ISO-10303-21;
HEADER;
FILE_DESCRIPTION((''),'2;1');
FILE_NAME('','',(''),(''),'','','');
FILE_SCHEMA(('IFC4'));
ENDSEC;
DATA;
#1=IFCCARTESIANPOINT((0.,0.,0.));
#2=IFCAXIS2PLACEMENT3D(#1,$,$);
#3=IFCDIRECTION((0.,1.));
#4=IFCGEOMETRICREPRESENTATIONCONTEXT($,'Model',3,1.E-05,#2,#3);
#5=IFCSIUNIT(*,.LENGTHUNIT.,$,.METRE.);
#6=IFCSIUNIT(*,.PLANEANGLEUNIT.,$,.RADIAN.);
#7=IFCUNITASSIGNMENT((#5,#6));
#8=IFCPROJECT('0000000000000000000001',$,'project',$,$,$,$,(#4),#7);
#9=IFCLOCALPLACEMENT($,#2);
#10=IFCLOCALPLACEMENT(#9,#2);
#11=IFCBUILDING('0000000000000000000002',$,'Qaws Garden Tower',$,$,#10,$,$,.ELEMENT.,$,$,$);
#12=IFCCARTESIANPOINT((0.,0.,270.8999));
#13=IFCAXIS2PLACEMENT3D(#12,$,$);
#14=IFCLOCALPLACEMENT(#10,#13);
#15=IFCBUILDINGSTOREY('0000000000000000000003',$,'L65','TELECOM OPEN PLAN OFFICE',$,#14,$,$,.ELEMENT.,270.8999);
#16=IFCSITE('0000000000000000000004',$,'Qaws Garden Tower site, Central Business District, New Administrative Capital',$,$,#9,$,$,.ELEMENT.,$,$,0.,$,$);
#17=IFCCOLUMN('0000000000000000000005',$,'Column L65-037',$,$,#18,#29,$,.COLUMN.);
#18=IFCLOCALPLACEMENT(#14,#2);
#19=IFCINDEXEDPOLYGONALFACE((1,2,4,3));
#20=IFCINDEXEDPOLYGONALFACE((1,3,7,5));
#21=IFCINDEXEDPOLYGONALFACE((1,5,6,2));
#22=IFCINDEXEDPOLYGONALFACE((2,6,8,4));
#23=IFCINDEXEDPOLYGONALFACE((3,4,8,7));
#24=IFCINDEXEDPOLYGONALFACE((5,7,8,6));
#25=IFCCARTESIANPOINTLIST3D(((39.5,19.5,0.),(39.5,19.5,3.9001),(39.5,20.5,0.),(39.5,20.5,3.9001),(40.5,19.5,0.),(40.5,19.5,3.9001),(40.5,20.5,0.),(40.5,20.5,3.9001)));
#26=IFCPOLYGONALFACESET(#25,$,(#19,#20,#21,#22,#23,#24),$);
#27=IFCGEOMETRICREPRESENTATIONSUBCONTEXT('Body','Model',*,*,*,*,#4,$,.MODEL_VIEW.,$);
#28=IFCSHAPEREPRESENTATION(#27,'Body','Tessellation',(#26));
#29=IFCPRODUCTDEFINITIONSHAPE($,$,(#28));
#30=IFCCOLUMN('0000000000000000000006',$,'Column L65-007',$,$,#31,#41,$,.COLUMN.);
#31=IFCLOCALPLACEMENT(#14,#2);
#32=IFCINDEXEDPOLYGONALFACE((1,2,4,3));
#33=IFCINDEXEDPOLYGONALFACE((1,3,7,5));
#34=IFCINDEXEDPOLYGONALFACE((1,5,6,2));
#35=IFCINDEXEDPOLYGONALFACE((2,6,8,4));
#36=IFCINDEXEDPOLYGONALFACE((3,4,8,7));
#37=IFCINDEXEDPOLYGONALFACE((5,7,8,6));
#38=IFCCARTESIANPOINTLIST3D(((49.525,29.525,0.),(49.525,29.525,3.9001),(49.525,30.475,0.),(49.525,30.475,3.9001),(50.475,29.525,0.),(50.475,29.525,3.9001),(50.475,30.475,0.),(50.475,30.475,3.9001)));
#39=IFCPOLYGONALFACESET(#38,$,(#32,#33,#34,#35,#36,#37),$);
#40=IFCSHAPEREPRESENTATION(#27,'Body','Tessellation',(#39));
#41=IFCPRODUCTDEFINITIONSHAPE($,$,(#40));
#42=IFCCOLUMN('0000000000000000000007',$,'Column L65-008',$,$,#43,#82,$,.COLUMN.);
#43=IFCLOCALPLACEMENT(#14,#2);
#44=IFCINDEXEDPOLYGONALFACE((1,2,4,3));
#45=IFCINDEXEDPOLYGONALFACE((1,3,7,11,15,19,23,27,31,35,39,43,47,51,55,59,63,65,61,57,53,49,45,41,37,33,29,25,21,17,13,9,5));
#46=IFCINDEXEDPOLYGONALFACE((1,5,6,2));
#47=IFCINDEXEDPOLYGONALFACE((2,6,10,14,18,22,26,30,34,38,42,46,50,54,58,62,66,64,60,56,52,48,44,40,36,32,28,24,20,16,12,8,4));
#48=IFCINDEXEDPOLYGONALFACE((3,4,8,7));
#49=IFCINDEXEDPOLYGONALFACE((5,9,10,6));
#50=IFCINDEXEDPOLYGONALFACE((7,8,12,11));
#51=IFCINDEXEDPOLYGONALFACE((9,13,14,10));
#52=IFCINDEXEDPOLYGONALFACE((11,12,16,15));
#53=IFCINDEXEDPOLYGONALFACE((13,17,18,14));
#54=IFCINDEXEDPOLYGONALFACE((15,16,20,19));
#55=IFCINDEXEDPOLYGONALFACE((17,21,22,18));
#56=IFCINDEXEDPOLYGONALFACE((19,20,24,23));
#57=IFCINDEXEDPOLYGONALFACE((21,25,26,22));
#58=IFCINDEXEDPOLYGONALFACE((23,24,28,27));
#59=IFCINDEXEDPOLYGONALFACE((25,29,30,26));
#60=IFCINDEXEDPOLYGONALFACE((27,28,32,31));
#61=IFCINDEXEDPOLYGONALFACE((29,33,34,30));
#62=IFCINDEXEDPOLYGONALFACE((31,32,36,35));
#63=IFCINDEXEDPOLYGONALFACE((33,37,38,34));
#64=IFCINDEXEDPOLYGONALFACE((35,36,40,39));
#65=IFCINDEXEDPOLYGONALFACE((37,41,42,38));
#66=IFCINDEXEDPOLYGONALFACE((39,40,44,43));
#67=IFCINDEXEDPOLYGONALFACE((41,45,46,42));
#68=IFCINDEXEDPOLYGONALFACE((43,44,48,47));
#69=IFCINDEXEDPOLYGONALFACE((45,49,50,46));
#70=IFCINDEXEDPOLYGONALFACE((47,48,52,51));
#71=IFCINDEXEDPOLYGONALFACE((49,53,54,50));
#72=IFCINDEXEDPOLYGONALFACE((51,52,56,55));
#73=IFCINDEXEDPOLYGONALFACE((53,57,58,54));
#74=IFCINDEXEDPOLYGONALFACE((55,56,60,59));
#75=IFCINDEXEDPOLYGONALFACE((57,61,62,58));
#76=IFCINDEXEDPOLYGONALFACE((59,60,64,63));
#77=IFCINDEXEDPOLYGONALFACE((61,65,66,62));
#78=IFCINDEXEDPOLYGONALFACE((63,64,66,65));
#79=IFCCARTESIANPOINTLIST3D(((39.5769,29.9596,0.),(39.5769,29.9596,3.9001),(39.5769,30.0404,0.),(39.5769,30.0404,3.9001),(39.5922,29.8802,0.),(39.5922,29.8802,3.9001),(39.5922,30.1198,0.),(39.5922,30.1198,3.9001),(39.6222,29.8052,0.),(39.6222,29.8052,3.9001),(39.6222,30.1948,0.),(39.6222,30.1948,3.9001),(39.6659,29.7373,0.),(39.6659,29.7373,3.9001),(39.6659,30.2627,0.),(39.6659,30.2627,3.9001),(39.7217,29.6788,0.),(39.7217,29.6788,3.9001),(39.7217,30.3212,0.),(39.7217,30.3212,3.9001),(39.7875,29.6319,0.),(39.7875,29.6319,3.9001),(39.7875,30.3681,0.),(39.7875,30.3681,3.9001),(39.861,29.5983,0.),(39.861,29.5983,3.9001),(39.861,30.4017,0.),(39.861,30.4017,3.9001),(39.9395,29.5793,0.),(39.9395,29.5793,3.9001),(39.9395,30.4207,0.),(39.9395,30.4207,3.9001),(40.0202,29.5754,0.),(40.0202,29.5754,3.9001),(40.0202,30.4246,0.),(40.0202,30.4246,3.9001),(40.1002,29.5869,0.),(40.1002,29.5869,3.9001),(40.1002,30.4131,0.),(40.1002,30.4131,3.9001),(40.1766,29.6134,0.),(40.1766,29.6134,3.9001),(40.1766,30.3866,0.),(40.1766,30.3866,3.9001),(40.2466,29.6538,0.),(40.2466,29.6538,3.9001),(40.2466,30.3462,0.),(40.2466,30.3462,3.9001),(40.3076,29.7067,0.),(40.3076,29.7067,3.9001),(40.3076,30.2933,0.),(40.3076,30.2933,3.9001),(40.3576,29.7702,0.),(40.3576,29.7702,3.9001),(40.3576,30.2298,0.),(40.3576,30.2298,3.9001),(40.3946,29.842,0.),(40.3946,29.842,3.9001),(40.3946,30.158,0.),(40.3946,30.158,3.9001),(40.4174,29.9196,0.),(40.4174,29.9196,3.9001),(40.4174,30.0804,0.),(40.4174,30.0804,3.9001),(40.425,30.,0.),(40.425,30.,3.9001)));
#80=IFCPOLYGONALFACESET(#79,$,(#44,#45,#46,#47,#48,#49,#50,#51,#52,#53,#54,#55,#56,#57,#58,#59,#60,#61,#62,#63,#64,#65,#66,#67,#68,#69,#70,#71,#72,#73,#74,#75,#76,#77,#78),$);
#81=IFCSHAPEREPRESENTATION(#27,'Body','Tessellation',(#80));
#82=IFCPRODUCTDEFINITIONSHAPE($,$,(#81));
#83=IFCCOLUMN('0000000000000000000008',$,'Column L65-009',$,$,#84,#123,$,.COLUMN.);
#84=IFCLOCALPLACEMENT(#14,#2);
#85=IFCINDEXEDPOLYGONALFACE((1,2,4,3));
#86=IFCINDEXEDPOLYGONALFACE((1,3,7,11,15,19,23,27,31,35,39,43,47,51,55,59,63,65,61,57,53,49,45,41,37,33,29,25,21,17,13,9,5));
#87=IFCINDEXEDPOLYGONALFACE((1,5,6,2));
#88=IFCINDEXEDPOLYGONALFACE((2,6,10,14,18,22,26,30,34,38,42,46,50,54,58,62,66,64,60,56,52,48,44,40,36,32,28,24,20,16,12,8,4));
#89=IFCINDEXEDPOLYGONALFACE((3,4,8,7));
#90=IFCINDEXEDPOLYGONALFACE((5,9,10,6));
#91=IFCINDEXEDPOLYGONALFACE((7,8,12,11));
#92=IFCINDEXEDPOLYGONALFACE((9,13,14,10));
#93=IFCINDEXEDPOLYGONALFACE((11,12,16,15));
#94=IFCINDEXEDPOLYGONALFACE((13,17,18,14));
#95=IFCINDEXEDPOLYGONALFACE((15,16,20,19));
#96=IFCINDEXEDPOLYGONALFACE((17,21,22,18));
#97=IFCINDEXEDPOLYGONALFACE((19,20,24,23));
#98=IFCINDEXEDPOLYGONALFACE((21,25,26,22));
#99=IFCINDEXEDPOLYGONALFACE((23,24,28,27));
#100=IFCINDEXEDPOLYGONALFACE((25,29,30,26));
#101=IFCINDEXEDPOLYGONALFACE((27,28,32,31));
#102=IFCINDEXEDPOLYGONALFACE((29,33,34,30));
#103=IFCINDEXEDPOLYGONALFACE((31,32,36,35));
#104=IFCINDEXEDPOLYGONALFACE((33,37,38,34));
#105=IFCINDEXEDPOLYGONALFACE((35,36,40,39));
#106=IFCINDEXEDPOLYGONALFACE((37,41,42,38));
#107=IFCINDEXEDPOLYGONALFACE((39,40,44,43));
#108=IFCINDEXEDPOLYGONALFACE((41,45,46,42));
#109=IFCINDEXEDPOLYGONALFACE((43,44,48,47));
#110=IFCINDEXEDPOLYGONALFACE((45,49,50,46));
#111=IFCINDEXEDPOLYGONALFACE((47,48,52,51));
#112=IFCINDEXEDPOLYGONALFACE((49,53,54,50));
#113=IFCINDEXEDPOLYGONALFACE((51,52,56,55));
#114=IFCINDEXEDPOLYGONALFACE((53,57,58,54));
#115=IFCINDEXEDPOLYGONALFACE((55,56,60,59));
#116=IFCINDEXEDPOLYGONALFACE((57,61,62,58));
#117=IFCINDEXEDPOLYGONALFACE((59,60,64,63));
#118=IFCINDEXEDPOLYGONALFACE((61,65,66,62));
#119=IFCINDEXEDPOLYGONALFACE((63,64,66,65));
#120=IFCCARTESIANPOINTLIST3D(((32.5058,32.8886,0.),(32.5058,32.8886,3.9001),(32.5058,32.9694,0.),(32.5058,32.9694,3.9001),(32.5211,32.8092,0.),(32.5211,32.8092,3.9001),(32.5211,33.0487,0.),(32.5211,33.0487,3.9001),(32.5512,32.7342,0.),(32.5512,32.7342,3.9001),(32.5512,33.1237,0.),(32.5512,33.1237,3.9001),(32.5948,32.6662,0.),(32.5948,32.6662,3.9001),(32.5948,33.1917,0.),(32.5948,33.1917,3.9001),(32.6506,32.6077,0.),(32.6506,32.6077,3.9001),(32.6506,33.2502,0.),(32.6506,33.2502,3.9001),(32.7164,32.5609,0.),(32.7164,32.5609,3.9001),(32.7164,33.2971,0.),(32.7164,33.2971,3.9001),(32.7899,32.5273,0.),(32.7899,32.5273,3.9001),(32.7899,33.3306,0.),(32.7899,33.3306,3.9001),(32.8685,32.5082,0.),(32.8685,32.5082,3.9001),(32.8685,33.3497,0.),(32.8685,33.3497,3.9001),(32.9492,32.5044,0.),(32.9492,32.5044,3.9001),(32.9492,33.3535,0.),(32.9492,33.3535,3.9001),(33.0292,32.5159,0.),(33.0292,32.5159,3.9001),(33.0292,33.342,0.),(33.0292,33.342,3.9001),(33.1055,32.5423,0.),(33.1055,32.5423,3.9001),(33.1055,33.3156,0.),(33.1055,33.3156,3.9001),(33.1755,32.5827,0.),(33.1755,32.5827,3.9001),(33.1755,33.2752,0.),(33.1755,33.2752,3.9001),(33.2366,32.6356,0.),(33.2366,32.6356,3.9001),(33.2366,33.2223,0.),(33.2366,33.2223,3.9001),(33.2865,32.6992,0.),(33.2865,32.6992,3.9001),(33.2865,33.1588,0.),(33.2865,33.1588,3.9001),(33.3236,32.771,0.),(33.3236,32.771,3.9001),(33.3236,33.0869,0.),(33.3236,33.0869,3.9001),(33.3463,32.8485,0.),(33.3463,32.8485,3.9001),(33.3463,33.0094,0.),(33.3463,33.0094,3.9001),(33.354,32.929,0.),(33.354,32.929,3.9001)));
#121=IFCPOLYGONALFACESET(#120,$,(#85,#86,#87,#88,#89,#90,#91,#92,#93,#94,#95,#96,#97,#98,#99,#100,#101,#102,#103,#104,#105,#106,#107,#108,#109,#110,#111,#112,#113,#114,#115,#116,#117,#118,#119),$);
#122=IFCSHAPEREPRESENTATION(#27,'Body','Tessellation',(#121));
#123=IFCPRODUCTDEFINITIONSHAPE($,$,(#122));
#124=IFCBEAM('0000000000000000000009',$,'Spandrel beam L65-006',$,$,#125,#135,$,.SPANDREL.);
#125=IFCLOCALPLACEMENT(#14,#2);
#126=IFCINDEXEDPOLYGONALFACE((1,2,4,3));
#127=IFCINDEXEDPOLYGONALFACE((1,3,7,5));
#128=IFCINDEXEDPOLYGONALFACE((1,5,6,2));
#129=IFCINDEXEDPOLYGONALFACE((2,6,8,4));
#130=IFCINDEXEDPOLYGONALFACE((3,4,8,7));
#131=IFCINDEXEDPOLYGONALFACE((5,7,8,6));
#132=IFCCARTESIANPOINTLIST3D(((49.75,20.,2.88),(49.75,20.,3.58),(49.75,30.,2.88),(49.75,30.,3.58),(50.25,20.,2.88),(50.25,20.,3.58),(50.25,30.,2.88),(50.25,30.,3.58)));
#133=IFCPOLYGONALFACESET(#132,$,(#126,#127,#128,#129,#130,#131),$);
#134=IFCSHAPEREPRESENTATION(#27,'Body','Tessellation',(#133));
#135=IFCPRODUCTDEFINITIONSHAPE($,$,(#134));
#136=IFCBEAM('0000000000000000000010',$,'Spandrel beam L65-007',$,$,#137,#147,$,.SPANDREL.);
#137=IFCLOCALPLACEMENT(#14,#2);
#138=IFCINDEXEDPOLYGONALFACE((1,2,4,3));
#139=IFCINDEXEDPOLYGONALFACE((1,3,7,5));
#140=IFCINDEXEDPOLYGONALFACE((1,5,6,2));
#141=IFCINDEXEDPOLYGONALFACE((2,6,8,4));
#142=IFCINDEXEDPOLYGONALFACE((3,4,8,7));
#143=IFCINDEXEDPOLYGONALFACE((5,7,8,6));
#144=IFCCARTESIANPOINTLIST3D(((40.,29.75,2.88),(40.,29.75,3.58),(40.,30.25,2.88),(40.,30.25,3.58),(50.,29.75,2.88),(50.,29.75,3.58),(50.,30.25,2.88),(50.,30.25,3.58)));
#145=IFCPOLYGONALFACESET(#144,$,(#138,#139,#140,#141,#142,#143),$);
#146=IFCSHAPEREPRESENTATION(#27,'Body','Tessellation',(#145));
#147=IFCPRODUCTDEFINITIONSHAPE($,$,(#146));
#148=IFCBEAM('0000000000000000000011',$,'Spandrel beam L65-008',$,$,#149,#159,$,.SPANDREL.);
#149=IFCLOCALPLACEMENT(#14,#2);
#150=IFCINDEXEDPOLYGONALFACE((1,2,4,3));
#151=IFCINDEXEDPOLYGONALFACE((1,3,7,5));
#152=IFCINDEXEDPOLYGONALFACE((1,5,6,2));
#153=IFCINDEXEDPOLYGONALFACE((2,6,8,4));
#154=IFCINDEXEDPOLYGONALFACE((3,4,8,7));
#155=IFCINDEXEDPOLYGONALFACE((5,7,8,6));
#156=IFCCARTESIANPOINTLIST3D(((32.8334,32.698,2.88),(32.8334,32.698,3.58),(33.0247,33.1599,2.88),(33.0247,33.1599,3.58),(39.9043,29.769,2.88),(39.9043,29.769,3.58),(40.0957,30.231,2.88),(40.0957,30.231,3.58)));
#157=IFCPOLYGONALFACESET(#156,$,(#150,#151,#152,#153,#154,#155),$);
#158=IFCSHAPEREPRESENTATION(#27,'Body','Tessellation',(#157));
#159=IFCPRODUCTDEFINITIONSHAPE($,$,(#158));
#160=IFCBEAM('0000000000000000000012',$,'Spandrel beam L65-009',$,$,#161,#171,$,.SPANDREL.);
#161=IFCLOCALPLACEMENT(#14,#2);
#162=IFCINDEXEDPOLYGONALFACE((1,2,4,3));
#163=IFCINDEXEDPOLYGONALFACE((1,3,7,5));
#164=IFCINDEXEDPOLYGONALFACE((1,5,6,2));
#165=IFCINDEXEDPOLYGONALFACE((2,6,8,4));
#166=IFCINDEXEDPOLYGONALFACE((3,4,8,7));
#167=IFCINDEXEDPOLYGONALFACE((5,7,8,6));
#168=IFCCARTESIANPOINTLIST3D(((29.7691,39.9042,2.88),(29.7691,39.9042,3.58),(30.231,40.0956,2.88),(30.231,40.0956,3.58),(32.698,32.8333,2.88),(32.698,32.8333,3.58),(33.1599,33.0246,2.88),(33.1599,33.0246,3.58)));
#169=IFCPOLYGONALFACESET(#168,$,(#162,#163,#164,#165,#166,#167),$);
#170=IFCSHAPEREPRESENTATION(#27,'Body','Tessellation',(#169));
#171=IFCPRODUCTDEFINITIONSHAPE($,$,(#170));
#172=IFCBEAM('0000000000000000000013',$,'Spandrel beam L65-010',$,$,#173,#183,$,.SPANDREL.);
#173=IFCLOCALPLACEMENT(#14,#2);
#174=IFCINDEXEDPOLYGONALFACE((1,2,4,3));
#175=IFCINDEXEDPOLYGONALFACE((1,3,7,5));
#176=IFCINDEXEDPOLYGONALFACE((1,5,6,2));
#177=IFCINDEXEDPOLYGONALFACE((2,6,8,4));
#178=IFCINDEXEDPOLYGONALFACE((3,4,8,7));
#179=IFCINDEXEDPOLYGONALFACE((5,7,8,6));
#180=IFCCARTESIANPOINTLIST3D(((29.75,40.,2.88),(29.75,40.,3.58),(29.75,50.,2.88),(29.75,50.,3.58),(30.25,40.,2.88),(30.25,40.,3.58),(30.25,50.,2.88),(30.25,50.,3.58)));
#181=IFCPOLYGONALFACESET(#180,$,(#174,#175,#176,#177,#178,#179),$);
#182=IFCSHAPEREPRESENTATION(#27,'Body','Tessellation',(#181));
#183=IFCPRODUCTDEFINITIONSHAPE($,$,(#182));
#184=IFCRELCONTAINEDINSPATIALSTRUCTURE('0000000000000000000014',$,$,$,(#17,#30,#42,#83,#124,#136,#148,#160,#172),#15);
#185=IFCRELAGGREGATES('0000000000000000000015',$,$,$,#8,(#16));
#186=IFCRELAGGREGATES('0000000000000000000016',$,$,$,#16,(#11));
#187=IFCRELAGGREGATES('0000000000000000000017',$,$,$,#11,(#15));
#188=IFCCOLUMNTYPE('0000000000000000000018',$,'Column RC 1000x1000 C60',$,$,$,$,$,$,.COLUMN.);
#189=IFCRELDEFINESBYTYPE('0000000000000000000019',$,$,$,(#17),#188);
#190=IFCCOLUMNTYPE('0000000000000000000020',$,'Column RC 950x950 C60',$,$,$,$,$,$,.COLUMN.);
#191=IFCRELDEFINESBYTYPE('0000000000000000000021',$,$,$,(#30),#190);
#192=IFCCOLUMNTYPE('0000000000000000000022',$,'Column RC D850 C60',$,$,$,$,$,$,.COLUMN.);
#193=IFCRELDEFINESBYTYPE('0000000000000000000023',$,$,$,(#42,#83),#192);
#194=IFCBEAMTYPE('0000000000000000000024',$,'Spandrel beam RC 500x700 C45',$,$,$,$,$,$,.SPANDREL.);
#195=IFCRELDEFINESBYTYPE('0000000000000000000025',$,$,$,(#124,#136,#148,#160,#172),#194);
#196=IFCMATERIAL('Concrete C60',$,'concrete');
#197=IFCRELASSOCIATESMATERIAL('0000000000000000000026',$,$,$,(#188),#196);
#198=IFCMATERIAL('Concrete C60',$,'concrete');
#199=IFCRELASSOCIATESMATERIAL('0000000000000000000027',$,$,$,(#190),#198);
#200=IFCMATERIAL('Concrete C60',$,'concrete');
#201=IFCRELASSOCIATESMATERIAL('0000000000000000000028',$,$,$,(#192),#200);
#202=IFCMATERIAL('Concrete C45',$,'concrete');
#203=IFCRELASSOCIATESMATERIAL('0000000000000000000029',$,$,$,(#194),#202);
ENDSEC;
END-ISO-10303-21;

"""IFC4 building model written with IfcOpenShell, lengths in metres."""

from ifc_helpers import new_model, si_unit, direction, frame, origin, origin_2d, place, context, subcontext, project, spatial, rectangle, circle, extrude, material, material_profile, profile_set, type_object, element, save


model = new_model("IFC4")

# Units and contexts
model_context = context("Model", 3, precision=1e-05, world=origin(), true_north=direction((0.0, 1.0)))
body_context = subcontext(model_context, "Body", "Model", "MODEL_VIEW")
ifc_project = project(units=[si_unit("LENGTHUNIT", "METRE"), si_unit("PLANEANGLEUNIT", "RADIAN")], contexts=[model_context])

# Site, building, storey
site_placement = place(None, origin())
site = spatial("IfcSite", under=ifc_project, at=site_placement, Name="Qaws Garden Tower site, Central Business District, New Administrative Capital", CompositionType="ELEMENT", RefElevation=0.0)
building_placement = place(site_placement, origin())
building = spatial("IfcBuilding", under=site, at=building_placement, Name="Qaws Garden Tower", CompositionType="ELEMENT")
storey_placement = place(building_placement, frame((0.0, 0.0, 270.8999)))
storey = spatial("IfcBuildingStorey", under=building, at=storey_placement, Name="L65", Description="TELECOM OPEN PLAN OFFICE", CompositionType="ELEMENT", Elevation=270.8999)

# Columns
ifc_material_1 = material(Name="Concrete C60", Category="concrete")
ifc_material_profile_1 = material_profile(ifc_material_1, rectangle(XDim=1.0, YDim=1.0, at=origin_2d()), Name="RC 1000x1000")
ifc_profile_set_1 = profile_set([ifc_material_profile_1], Name="Concrete C60")
column_type_1 = type_object("IfcColumnType", Name="Column RC 1000x1000 C60", PredefinedType="COLUMN", material=ifc_profile_set_1)
column_1_placement = place(storey_placement, frame((40.0, 20.0, 0.0), z_axis=(0.0, 0.0, 1.0), x_axis=(1.0, 0.0, 0.0)))
element("IfcColumn", 1, at=column_1_placement, inside=storey, type_object=column_type_1, Name="Column L65-037", PredefinedType="COLUMN", context=body_context, shape_type="SweptSolid", body=[
    extrude(rectangle(XDim=1.0, YDim=1.0, at=origin_2d()), origin(), (0.0, 0.0, 1.0), 3.9001),
])
ifc_material_2 = material(Name="Concrete C60", Category="concrete")
ifc_material_profile_2 = material_profile(ifc_material_2, rectangle(XDim=0.95, YDim=0.95, at=origin_2d()), Name="RC 950x950")
ifc_profile_set_2 = profile_set([ifc_material_profile_2], Name="Concrete C60")
column_type_2 = type_object("IfcColumnType", Name="Column RC 950x950 C60", PredefinedType="COLUMN", material=ifc_profile_set_2)
column_2_placement = place(storey_placement, frame((50.0, 30.0, 0.0), z_axis=(0.0, 0.0, 1.0), x_axis=(1.0, 0.0, 0.0)))
element("IfcColumn", 2, at=column_2_placement, inside=storey, type_object=column_type_2, Name="Column L65-007", PredefinedType="COLUMN", context=body_context, shape_type="SweptSolid", body=[
    extrude(rectangle(XDim=0.95, YDim=0.95, at=origin_2d()), origin(), (0.0, 0.0, 1.0), 3.9001),
])
ifc_material_3 = material(Name="Concrete C60", Category="concrete")
ifc_material_profile_3 = material_profile(ifc_material_3, circle(Radius=0.425, at=origin_2d()), Name="RC D850")
ifc_profile_set_3 = profile_set([ifc_material_profile_3], Name="Concrete C60")
column_type_3 = type_object("IfcColumnType", Name="Column RC D850 C60", PredefinedType="COLUMN", material=ifc_profile_set_3)
for number, where, z_axis, x_axis, name in (
    (3, (40.0, 30.0, 0.0), (0.0, 0.0, 1.0), (1.0, 0.0, 0.0), "Column L65-008"),
    (4, (32.929, 32.929, 0.0), (0.0, 0.0, 1.0), (1.0, 0.0, 0.0), "Column L65-009"),
):
    element("IfcColumn", number, at=place(storey_placement, frame(where, z_axis=z_axis, x_axis=x_axis)), inside=storey, type_object=column_type_3, Name=name, PredefinedType="COLUMN", context=body_context, shape_type="SweptSolid", body=[
        extrude(circle(Radius=0.425, at=origin_2d()), origin(), (0.0, 0.0, 1.0), 3.9001),
    ])

# Beams
ifc_material_4 = material(Name="Concrete C45", Category="concrete")
ifc_material_profile_4 = material_profile(ifc_material_4, rectangle(XDim=0.5, YDim=0.7, at=origin_2d()), Name="RC 500x700")
ifc_profile_set_4 = profile_set([ifc_material_profile_4], Name="Concrete C45")
beam_type = type_object("IfcBeamType", Name="Spandrel beam RC 500x700 C45", PredefinedType="SPANDREL", material=ifc_profile_set_4)
for number, where, z_axis, x_axis, name in (
    (5, (50.0, 20.0, 3.23), (0.0, 1.0, 0.0), (-1.0, 0.0, 0.0), "Spandrel beam L65-006"),
    (6, (50.0, 30.0, 3.23), (-1.0, 0.0, 0.0), (0.0, -1.0, 0.0), "Spandrel beam L65-007"),
):
    element("IfcBeam", number, at=place(storey_placement, frame(where, z_axis=z_axis, x_axis=x_axis)), inside=storey, type_object=beam_type, Name=name, PredefinedType="SPANDREL", context=body_context, shape_type="SweptSolid", body=[
        extrude(rectangle(XDim=0.5, YDim=0.7, at=origin_2d()), origin(), (0.0, 0.0, 1.0), 10.0),
    ])
for number, where, z_axis, x_axis, name in (
    (7, (40.0, 30.0, 3.23), (-0.923878, 0.382687, 0.0), (-0.382687, -0.923878, 0.0), "Spandrel beam L65-008"),
    (8, (32.929, 32.929, 3.23), (-0.382687, 0.923878, 0.0), (-0.923878, -0.382687, 0.0), "Spandrel beam L65-009"),
):
    element("IfcBeam", number, at=place(storey_placement, frame(where, z_axis=z_axis, x_axis=x_axis)), inside=storey, type_object=beam_type, Name=name, PredefinedType="SPANDREL", context=body_context, shape_type="SweptSolid", body=[
        extrude(rectangle(XDim=0.5, YDim=0.7, at=origin_2d()), origin(), (0.0, 0.0, 1.0), 7.6536),
    ])
beam_placement = place(storey_placement, frame((30.0, 40.0, 3.23), z_axis=(0.0, 1.0, 0.0), x_axis=(-1.0, 0.0, 0.0)))
element("IfcBeam", 9, at=beam_placement, inside=storey, type_object=beam_type, Name="Spandrel beam L65-010", PredefinedType="SPANDREL", context=body_context, shape_type="SweptSolid", body=[
    extrude(rectangle(XDim=0.5, YDim=0.7, at=origin_2d()), origin(), (0.0, 0.0, 1.0), 10.0),
])

save(model, "model.ifc")
